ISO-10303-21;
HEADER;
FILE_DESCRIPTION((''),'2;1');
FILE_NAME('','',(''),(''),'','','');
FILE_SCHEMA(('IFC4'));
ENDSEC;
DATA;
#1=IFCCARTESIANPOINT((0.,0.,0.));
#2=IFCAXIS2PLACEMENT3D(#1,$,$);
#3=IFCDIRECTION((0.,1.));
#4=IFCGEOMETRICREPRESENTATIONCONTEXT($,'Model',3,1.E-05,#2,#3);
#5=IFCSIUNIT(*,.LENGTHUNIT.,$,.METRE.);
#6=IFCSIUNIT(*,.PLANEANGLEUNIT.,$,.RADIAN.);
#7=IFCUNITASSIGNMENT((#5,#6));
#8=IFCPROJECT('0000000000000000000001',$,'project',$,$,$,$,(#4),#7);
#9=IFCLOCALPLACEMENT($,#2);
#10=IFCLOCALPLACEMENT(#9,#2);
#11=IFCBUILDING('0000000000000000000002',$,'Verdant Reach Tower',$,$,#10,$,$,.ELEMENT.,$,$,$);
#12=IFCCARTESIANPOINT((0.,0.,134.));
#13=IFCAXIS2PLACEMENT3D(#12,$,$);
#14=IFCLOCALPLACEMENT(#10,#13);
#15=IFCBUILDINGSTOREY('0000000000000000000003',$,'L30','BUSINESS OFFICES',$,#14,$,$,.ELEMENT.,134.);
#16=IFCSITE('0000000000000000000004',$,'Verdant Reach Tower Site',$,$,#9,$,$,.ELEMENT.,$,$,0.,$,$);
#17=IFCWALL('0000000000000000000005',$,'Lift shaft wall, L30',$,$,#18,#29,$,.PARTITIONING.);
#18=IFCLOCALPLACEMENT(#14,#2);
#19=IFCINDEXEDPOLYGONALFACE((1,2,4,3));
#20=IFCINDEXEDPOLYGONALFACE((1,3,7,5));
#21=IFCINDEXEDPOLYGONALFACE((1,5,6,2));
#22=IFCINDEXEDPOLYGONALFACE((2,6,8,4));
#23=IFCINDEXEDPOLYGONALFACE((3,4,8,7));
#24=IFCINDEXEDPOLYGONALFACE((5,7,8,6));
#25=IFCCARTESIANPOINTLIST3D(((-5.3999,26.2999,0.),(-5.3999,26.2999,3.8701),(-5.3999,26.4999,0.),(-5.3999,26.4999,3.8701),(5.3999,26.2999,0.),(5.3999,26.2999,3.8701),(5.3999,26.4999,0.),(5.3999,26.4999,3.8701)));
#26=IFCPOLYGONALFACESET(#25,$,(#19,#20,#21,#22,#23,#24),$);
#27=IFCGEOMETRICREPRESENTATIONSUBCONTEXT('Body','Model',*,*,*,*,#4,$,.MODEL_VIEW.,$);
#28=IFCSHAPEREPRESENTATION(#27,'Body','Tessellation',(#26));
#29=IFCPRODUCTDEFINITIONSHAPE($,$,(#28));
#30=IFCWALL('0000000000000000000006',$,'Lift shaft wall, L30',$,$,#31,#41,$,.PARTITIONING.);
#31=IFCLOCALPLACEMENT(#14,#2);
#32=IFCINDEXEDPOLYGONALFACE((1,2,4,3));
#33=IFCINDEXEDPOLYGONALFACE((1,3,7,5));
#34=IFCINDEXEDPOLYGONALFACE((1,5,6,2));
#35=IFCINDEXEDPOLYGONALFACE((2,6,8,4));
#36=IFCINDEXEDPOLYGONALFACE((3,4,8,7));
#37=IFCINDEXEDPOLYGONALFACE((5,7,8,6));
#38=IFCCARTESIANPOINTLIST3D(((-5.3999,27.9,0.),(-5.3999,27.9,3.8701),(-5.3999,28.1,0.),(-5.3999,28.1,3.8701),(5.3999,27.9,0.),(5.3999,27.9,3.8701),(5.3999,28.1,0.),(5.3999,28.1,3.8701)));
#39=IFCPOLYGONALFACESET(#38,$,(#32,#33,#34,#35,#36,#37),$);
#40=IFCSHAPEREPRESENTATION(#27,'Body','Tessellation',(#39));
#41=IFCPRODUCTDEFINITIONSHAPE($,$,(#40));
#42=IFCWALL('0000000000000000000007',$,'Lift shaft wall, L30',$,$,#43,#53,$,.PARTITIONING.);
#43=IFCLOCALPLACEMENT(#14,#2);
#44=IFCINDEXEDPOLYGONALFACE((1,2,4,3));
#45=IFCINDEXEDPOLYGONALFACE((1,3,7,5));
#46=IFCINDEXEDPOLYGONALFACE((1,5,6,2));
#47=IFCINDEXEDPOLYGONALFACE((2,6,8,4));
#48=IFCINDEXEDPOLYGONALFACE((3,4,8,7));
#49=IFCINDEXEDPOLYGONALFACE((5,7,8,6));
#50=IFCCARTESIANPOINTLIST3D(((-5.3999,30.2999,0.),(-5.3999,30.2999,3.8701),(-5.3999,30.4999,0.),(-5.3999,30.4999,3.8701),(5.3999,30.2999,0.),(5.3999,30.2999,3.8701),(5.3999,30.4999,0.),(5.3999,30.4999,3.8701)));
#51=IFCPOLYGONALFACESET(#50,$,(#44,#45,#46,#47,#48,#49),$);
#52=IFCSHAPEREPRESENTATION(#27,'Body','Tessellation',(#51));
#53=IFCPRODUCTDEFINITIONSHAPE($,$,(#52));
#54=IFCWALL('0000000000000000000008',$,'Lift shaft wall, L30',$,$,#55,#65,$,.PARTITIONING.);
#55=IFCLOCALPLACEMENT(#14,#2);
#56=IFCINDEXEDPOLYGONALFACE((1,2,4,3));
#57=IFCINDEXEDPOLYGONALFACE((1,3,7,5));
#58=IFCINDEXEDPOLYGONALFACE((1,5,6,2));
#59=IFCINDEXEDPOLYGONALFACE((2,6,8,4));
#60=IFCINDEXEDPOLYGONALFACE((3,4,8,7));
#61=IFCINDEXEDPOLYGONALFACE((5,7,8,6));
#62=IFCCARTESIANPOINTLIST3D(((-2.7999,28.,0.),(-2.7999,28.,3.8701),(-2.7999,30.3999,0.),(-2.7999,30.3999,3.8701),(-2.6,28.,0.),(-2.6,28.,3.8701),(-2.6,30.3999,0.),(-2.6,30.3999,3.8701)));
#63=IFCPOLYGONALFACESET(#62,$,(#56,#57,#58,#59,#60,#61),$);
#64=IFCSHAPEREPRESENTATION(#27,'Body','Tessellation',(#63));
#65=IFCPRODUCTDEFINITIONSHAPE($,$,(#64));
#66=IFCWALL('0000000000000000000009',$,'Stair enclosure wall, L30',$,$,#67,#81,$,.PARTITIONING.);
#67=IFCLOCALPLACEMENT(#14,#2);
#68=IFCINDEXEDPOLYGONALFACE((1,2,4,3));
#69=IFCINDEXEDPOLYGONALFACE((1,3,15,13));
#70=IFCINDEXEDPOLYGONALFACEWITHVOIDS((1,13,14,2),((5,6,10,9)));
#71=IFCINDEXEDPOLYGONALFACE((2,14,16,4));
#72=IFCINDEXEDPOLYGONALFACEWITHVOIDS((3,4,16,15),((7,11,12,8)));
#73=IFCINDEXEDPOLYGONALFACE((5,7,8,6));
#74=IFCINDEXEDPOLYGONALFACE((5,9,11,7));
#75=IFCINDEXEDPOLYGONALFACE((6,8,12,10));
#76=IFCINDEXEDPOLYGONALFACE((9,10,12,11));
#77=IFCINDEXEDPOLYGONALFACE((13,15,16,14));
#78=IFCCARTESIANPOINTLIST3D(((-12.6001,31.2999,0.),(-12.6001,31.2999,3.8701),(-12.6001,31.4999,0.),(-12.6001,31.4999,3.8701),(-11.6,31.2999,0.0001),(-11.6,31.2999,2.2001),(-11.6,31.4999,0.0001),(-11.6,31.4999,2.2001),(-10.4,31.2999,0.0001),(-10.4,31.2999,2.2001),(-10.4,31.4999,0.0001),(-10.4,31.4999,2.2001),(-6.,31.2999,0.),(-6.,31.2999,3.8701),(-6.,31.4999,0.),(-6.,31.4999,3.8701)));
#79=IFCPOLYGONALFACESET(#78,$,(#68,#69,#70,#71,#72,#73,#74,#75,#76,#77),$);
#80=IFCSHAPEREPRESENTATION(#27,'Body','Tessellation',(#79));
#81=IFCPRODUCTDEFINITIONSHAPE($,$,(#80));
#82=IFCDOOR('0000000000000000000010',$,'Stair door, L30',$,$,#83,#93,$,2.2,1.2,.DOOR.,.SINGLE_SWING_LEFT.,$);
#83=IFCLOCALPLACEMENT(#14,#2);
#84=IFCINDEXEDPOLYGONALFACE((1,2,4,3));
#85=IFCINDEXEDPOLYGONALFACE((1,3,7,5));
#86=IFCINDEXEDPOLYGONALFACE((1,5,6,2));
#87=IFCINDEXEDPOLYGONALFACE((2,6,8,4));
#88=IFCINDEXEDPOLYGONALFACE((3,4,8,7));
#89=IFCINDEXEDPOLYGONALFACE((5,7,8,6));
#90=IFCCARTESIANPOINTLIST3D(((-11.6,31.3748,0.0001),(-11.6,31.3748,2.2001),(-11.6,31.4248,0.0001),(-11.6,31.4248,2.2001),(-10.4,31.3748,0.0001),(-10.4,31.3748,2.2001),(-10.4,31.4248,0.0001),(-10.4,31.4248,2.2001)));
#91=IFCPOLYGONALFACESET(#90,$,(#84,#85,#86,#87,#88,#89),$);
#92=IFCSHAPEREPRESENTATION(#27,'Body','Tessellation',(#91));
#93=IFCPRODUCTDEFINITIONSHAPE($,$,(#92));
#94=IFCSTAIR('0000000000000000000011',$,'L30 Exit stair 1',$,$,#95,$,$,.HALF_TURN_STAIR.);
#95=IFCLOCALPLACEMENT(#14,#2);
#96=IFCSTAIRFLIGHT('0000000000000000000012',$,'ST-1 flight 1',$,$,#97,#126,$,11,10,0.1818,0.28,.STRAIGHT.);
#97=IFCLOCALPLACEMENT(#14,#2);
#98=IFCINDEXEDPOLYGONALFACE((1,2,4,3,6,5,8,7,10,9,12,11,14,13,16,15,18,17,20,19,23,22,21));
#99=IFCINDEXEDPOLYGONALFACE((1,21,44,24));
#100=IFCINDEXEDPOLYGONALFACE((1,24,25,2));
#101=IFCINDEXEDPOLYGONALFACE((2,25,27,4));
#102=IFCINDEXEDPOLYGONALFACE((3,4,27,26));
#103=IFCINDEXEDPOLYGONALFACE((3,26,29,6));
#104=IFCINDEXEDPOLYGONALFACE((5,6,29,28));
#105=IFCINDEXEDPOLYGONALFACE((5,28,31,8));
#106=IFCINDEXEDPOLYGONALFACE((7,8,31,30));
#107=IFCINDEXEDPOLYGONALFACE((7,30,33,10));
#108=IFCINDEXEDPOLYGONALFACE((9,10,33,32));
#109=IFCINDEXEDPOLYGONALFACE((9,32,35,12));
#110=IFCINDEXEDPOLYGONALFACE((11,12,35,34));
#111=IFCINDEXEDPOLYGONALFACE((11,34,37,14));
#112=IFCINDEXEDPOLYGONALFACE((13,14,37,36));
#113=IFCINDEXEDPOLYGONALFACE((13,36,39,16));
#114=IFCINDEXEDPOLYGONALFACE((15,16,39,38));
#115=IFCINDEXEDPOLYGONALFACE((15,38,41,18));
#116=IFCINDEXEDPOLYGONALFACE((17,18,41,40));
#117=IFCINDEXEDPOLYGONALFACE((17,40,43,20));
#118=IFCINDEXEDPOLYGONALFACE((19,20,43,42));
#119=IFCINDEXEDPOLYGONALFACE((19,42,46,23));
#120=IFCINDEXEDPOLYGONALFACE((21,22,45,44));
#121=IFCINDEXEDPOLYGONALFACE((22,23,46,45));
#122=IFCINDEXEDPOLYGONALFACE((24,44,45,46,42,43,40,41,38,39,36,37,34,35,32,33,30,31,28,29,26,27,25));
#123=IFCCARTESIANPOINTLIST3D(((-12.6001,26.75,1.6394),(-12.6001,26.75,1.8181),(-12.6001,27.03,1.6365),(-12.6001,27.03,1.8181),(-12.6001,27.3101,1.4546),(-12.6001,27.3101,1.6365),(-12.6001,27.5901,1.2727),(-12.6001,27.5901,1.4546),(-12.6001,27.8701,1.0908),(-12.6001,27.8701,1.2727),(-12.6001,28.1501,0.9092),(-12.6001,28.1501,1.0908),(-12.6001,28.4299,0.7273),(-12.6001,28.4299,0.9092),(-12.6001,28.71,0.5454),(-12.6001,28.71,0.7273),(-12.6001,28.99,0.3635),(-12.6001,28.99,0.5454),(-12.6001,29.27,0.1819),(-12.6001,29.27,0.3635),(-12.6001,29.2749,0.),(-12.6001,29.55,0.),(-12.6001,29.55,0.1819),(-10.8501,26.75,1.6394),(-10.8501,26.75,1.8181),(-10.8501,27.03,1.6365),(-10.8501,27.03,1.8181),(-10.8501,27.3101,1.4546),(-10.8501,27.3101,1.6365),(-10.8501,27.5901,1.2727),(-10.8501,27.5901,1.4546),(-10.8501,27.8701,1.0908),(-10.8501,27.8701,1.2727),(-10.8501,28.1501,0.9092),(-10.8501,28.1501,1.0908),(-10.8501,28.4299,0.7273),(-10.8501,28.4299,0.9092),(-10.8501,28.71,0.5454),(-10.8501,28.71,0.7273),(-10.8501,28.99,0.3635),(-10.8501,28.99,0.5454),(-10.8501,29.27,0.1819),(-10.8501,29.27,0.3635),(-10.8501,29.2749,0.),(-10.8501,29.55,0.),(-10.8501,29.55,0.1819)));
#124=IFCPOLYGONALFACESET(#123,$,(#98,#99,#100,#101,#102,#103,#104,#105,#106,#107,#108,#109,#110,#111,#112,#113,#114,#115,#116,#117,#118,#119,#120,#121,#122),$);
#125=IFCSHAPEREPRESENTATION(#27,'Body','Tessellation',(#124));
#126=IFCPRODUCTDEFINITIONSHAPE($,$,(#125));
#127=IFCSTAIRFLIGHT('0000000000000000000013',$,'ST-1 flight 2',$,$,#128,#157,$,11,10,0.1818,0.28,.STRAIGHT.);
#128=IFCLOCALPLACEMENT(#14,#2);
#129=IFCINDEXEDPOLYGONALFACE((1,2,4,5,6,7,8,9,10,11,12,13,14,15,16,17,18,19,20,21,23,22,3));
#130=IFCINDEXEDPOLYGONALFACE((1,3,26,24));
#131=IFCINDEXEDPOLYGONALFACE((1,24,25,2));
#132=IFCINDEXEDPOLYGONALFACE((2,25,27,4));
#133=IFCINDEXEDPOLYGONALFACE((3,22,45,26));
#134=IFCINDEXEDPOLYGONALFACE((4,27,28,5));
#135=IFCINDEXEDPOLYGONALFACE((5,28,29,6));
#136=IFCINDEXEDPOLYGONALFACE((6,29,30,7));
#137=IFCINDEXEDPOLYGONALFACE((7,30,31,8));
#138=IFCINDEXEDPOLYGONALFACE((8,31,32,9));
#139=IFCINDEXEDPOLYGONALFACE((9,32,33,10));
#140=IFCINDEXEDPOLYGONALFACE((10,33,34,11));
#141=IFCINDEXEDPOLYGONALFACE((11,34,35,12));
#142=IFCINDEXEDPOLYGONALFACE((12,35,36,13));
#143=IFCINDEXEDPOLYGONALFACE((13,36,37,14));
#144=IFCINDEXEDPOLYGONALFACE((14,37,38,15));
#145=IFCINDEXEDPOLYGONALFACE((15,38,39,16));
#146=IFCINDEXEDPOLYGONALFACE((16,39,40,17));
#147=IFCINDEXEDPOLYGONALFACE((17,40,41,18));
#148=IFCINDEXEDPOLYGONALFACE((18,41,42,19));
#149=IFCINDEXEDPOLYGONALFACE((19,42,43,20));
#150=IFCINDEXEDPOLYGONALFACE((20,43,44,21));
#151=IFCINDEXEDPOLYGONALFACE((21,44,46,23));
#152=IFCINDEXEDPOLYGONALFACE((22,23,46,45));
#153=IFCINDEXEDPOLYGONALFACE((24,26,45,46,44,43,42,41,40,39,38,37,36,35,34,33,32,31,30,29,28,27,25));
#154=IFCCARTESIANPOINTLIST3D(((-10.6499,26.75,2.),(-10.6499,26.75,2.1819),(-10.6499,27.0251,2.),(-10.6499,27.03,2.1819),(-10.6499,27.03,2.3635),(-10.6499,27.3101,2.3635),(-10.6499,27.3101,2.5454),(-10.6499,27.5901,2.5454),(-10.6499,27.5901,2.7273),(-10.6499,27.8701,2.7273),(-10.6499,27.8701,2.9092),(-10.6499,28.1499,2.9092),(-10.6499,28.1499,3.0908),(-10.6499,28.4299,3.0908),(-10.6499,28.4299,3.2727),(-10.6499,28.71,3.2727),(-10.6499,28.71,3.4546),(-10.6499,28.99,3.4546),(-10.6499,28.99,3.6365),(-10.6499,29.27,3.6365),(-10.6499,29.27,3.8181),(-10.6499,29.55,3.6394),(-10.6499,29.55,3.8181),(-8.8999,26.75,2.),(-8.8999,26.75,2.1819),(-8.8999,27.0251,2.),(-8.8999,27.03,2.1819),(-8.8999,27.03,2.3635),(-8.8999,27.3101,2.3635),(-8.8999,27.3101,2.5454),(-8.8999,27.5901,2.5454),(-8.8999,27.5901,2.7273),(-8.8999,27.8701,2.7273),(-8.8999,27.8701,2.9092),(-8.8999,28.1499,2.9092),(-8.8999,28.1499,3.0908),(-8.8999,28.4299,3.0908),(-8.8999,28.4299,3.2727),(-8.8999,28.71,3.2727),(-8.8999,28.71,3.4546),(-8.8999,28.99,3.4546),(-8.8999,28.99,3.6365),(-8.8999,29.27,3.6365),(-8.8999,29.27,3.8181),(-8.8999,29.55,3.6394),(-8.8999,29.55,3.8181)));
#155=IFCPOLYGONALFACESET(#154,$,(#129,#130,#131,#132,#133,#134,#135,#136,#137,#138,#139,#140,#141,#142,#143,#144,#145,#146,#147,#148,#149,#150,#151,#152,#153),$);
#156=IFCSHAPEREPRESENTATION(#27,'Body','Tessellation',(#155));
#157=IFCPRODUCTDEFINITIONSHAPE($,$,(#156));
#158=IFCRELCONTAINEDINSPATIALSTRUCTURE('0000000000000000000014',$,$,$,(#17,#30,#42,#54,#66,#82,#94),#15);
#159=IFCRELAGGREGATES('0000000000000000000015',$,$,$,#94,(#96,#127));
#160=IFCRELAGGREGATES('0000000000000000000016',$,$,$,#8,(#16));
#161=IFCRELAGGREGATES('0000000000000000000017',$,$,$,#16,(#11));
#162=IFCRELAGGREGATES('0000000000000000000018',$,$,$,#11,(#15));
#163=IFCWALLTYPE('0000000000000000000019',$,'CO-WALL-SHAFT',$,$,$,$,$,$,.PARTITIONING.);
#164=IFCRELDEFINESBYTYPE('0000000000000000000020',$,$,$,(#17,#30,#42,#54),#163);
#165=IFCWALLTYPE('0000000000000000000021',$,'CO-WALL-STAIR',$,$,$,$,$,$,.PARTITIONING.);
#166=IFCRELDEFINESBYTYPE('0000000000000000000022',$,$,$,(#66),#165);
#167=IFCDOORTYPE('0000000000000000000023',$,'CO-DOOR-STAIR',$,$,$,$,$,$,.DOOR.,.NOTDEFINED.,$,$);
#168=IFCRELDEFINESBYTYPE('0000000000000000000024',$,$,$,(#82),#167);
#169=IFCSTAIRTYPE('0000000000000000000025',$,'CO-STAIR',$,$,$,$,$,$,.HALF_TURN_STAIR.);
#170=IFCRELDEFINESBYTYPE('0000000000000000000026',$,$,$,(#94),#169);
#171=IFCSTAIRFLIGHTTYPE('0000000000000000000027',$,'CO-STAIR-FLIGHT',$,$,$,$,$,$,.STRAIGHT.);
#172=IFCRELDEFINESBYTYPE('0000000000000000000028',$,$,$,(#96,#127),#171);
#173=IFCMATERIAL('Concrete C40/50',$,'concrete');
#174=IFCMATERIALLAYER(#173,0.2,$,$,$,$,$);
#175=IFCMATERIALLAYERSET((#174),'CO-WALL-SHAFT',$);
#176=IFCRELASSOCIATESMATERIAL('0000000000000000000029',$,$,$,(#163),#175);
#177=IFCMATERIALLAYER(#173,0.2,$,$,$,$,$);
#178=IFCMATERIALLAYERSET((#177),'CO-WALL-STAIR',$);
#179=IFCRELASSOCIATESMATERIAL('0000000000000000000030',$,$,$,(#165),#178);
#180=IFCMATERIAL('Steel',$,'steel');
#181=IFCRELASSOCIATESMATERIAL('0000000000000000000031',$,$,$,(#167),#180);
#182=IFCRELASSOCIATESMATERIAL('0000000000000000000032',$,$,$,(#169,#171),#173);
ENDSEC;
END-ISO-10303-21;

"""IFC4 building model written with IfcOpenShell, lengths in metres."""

from ifc_helpers import new_model, si_unit, direction, frame, frame_2d, origin, place, context, subcontext, project, spatial, polyline, rectangle, outline, extrude, material, layer, layer_set, type_object, element, fill, aggregate, save


model = new_model("IFC4")

# Units and contexts
model_context = context("Model", 3, precision=1e-05, world=origin(), true_north=direction((0.0, 1.0)))
body_context = subcontext(model_context, "Body", "Model", "MODEL_VIEW")
ifc_project = project(units=[si_unit("LENGTHUNIT", "METRE"), si_unit("PLANEANGLEUNIT", "RADIAN")], contexts=[model_context])

# Site, building, storey
site_placement = place(None, origin())
site = spatial("IfcSite", under=ifc_project, at=site_placement, Name="Verdant Reach Tower Site", CompositionType="ELEMENT", RefElevation=0.0)
building_placement = place(site_placement, origin())
building = spatial("IfcBuilding", under=site, at=building_placement, Name="Verdant Reach Tower", CompositionType="ELEMENT")
storey_placement = place(building_placement, frame((0.0, 0.0, 134.0)))
storey = spatial("IfcBuildingStorey", under=building, at=storey_placement, Name="L30", Description="BUSINESS OFFICES", CompositionType="ELEMENT", Elevation=134.0)

# Walls
ifc_material_1 = material(Name="Concrete C40/50", Category="concrete")
ifc_layer_1 = layer(ifc_material_1, 0.2)
ifc_layer_set_1 = layer_set([ifc_layer_1], Name="CO-WALL-SHAFT")
wall_type_1 = type_object("IfcWallType", Name="CO-WALL-SHAFT", PredefinedType="PARTITIONING", material=ifc_layer_set_1)
for number, where, z_axis, x_axis, name in (
    (1, (-5.3999, 26.3999, 0.0), (0.0, 0.0, 1.0), (1.0, 0.0, 0.0), "Lift shaft wall, L30"),
    (2, (-5.3999, 28.0, 0.0), (0.0, 0.0, 1.0), (1.0, 0.0, 0.0), "Lift shaft wall, L30"),
    (3, (-5.3999, 30.3999, 0.0), (0.0, 0.0, 1.0), (1.0, 0.0, 0.0), "Lift shaft wall, L30"),
):
    element("IfcWall", number, at=place(storey_placement, frame(where, z_axis=z_axis, x_axis=x_axis)), inside=storey, type_object=wall_type_1, Name=name, PredefinedType="PARTITIONING", context=body_context, shape_type="SweptSolid", body=[
        extrude(rectangle(XDim=10.7998, YDim=0.2, at=frame_2d((5.3999, 0.0))), origin(), (0.0, 0.0, 1.0), 3.8701),
    ])
wall_1_placement = place(storey_placement, frame((-2.7, 28.0, 0.0), z_axis=(0.0, 0.0, 1.0), x_axis=(0.0, 1.0, 0.0)))
element("IfcWall", 4, at=wall_1_placement, inside=storey, type_object=wall_type_1, Name="Lift shaft wall, L30", PredefinedType="PARTITIONING", context=body_context, shape_type="SweptSolid", body=[
    extrude(rectangle(XDim=2.3999, YDim=0.2, at=frame_2d((1.2, 0.0))), origin(), (0.0, 0.0, 1.0), 3.8701),
])

# Wall, opening, door
ifc_layer_2 = layer(ifc_material_1, 0.2)
ifc_layer_set_2 = layer_set([ifc_layer_2], Name="CO-WALL-STAIR")
wall_type_2 = type_object("IfcWallType", Name="CO-WALL-STAIR", PredefinedType="PARTITIONING", material=ifc_layer_set_2)
wall_2_placement = place(storey_placement, frame((-12.6001, 31.3999, 0.0), z_axis=(0.0, 0.0, 1.0), x_axis=(1.0, 0.0, 0.0)))
wall_2 = element("IfcWall", 5, at=wall_2_placement, inside=storey, type_object=wall_type_2, Name="Stair enclosure wall, L30", PredefinedType="PARTITIONING", context=body_context, shape_type="SweptSolid", body=[
    extrude(rectangle(XDim=6.6001, YDim=0.2, at=frame_2d((3.3, 0.0))), origin(), (0.0, 0.0, 1.0), 3.8701),
])
opening_placement = place(wall_2_placement, frame((1.0, 0.0, 0.0)))
opening = element("IfcOpeningElement", 6, at=opening_placement, cuts=wall_2, PredefinedType="OPENING", context=body_context, shape_type="SweptSolid", body=[
    extrude(rectangle(XDim=1.2, YDim=2.2, at=frame_2d((0.6001, 1.1001))), frame((0.0, 0.1099, 0.0), z_axis=(0.0, -1.0, 0.0), x_axis=(1.0, 0.0, 0.0)), (0.0, 0.0, 1.0), 0.22),
])
ifc_material_2 = material(Name="Steel", Category="steel")
door_type = type_object("IfcDoorType", Name="CO-DOOR-STAIR", OperationType="NOTDEFINED", PredefinedType="DOOR", material=ifc_material_2)
door_placement = place(opening_placement, origin())
door = element("IfcDoor", 7, at=door_placement, inside=storey, type_object=door_type, Name="Stair door, L30", OperationType="SINGLE_SWING_LEFT", OverallHeight=2.2, OverallWidth=1.2, PredefinedType="DOOR", context=body_context, shape_type="SweptSolid", body=[
    extrude(rectangle(XDim=1.2, YDim=2.2, at=frame_2d((0.6001, 1.1001))), frame((0.0, 0.0249, 0.0), z_axis=(0.0, -1.0, 0.0), x_axis=(1.0, 0.0, 0.0)), (0.0, 0.0, 1.0), 0.05),
])
fill(opening, door)

# Stair, stair flights
stair_type = type_object("IfcStairType", Name="CO-STAIR", PredefinedType="HALF_TURN_STAIR", material=ifc_material_1)
stair_placement = place(storey_placement, origin())
stair = element("IfcStair", 8, at=stair_placement, inside=storey, type_object=stair_type, Name="L30 Exit stair 1", PredefinedType="HALF_TURN_STAIR")
stair_flight_type = type_object("IfcStairFlightType", Name="CO-STAIR-FLIGHT", PredefinedType="STRAIGHT", material=ifc_material_1)
stair_flight_1_placement = place(storey_placement, frame((-11.7251, 29.55, 0.0), z_axis=(0.0, 0.0, 1.0), x_axis=(0.0, -1.0, 0.0)))
stair_flight_1 = element("IfcStairFlight", 9, at=stair_flight_1_placement, type_object=stair_flight_type, Name="ST-1 flight 1", NumberOfRisers=11, NumberOfTreads=10, PredefinedType="STRAIGHT", RiserHeight=0.1818, TreadLength=0.28, context=body_context, shape_type="SweptSolid", body=[
    extrude(outline(polyline([(0.0, 0.0), (0.0, 0.1819), (0.28, 0.1819), (0.28, 0.3635), (0.5601, 0.3635), (0.5601, 0.5454), (0.8401, 0.5454), (0.8401, 0.7273), (1.1201, 0.7273), (1.1201, 0.9092), (1.3999, 0.9092), (1.3999, 1.0908), (1.6799, 1.0908), (1.6799, 1.2727), (1.96, 1.2727), (1.96, 1.4546), (2.24, 1.4546), (2.24, 1.6365), (2.52, 1.6365), (2.52, 1.8181), (2.8, 1.8181), (2.8, 2.0), (2.8, 1.6394), (0.2751, 0.0), (0.0, 0.0)])), frame((0.0, 0.875, 0.0), z_axis=(0.0, -1.0, 0.0), x_axis=(1.0, 0.0, 0.0)), (0.0, 0.0, 1.0), 1.75),
])
stair_flight_2_placement = place(storey_placement, frame((-9.7749, 26.75, 2.0), z_axis=(0.0, 0.0, 1.0), x_axis=(0.0, 1.0, 0.0)))
stair_flight_2 = element("IfcStairFlight", 10, at=stair_flight_2_placement, type_object=stair_flight_type, Name="ST-1 flight 2", NumberOfRisers=11, NumberOfTreads=10, PredefinedType="STRAIGHT", RiserHeight=0.1818, TreadLength=0.28, context=body_context, shape_type="SweptSolid", body=[
    extrude(outline(polyline([(0.0, 0.0), (0.0, 0.1819), (0.28, 0.1819), (0.28, 0.3635), (0.5601, 0.3635), (0.5601, 0.5454), (0.8401, 0.5454), (0.8401, 0.7273), (1.1201, 0.7273), (1.1201, 0.9092), (1.3999, 0.9092), (1.3999, 1.0908), (1.6799, 1.0908), (1.6799, 1.2727), (1.96, 1.2727), (1.96, 1.4546), (2.24, 1.4546), (2.24, 1.6365), (2.52, 1.6365), (2.52, 1.8181), (2.8, 1.8181), (2.8, 2.0), (2.8, 1.6394), (0.2751, 0.0), (0.0, 0.0)])), frame((0.0, 0.875, 0.0), z_axis=(0.0, -1.0, 0.0), x_axis=(1.0, 0.0, 0.0)), (0.0, 0.0, 1.0), 1.75),
])
aggregate(stair, [stair_flight_1, stair_flight_2])

save(model, "model.ifc")
